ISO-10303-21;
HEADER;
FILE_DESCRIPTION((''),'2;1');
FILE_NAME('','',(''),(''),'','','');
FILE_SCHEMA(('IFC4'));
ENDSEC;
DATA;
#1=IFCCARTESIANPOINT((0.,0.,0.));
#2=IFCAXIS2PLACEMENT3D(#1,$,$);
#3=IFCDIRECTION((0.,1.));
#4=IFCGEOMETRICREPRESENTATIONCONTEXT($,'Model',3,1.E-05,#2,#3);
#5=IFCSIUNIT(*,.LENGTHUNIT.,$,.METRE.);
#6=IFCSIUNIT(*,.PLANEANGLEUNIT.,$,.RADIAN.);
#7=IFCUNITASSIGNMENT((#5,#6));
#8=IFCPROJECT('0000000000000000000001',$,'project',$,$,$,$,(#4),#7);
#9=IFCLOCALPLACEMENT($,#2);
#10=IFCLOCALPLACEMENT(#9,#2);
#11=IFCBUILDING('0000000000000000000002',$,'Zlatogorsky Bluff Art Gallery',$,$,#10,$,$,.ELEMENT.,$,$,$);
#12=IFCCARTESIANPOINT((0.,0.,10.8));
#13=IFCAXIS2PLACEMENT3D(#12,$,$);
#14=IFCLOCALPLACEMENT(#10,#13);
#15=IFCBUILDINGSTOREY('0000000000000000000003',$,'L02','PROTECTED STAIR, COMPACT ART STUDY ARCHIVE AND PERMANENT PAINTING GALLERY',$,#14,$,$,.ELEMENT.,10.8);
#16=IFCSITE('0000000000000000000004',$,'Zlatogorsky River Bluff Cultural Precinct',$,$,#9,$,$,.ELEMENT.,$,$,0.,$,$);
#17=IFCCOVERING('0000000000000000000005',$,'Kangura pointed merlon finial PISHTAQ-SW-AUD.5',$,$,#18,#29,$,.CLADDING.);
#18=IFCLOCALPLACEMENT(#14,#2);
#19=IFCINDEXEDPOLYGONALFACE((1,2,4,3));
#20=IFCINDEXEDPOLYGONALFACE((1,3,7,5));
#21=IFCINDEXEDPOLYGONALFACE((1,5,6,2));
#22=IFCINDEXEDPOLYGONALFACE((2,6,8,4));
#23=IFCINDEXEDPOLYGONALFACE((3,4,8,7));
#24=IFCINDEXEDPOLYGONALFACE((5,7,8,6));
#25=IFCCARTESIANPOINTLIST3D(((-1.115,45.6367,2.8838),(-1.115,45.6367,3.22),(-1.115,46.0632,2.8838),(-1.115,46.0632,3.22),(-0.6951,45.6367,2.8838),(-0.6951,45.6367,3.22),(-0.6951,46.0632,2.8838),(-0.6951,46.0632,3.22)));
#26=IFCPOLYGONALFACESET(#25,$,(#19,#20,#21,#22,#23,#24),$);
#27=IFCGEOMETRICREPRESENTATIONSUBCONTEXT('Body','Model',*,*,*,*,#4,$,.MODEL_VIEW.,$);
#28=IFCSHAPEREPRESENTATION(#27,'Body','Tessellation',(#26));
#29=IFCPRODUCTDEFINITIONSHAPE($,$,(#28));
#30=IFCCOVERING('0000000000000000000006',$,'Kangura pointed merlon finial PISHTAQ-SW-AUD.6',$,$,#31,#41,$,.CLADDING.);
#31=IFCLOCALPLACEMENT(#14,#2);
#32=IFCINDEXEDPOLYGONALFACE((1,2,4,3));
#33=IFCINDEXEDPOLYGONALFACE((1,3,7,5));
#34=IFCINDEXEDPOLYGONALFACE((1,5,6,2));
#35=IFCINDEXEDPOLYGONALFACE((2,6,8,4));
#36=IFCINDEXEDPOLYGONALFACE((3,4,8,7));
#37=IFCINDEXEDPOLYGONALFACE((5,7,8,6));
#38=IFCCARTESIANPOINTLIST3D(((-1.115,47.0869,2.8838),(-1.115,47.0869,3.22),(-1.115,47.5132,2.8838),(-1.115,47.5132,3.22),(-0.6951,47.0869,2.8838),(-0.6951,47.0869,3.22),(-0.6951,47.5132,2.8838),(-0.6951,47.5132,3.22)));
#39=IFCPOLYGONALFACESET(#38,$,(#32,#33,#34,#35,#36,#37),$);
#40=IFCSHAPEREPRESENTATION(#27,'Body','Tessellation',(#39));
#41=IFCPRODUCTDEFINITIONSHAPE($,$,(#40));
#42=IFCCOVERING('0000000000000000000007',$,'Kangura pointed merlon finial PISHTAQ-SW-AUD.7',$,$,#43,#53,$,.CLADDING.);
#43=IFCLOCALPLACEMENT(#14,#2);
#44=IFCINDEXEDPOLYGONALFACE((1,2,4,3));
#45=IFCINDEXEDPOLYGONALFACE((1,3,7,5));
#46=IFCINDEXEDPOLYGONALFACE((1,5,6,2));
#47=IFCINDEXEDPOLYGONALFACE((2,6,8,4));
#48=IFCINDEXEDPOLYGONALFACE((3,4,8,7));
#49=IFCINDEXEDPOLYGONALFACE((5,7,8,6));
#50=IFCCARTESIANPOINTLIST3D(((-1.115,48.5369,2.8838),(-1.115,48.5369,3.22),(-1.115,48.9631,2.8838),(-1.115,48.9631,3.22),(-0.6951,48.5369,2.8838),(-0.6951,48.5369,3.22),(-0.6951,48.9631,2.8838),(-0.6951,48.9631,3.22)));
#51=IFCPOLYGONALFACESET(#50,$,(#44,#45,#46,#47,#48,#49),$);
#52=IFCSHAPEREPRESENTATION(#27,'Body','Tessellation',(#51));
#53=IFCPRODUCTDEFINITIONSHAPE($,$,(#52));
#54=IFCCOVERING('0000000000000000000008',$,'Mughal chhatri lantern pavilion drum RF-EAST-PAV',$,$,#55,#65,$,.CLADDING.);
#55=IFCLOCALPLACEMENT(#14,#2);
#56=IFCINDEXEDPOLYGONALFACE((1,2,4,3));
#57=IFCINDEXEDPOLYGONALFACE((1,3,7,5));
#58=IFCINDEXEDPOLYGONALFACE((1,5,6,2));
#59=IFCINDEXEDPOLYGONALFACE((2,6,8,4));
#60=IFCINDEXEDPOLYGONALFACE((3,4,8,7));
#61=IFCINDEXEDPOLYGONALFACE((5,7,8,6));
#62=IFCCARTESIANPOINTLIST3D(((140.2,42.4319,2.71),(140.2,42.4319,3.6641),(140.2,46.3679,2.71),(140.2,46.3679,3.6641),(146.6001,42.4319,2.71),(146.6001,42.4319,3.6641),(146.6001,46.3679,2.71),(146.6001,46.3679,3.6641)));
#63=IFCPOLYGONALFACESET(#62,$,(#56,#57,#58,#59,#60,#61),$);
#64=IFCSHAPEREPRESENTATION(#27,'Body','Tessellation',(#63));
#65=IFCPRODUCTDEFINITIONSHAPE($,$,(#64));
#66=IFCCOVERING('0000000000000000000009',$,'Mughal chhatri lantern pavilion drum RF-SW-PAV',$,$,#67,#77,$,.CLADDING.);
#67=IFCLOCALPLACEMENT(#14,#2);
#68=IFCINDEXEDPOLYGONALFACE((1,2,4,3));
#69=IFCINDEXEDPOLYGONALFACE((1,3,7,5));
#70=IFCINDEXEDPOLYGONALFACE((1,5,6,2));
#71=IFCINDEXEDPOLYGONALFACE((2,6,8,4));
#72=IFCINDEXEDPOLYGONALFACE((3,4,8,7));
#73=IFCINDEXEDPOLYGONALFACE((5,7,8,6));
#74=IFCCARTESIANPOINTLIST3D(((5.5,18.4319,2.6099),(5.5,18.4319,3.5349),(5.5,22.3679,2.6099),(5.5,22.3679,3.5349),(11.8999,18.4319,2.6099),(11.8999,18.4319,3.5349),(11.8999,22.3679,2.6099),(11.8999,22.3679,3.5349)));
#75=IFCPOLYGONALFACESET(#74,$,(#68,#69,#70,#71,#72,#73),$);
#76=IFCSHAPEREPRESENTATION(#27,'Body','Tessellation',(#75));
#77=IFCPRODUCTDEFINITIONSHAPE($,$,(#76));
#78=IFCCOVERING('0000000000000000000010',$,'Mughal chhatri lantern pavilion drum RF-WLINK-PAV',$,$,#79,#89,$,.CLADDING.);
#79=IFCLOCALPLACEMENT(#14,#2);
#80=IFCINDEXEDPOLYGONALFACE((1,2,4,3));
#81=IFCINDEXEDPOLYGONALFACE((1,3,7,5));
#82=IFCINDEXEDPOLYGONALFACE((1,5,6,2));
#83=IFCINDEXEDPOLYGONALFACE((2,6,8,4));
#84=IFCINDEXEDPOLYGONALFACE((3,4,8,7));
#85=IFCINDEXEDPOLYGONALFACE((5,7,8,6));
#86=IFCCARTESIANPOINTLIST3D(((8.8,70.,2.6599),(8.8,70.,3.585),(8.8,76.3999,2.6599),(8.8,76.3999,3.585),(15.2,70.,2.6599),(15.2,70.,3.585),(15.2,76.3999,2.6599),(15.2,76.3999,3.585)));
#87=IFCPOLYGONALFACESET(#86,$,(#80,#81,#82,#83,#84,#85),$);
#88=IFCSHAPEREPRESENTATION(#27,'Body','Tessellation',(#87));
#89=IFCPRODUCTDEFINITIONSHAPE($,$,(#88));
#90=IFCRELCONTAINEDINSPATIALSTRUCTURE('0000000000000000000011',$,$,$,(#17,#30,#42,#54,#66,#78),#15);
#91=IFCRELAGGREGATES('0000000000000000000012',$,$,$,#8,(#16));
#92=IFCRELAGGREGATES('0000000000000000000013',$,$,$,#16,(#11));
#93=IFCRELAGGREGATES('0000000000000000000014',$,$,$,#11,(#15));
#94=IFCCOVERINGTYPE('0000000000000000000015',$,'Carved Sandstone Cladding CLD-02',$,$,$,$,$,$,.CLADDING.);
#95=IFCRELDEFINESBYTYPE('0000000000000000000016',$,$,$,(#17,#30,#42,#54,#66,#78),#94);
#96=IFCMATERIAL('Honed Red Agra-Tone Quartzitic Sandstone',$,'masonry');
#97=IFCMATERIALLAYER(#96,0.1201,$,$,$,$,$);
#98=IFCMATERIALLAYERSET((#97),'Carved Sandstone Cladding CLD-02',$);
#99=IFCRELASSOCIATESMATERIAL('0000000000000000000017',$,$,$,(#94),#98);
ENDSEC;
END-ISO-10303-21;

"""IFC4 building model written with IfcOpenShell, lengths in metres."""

from ifc_helpers import new_model, si_unit, direction, frame, origin, place, context, subcontext, project, spatial, polyline, outline, extrude, material, layer, layer_set, type_object, element, save


model = new_model("IFC4")

# Units and contexts
model_context = context("Model", 3, precision=1e-05, world=origin(), true_north=direction((0.0, 1.0)))
body_context = subcontext(model_context, "Body", "Model", "MODEL_VIEW")
ifc_project = project(units=[si_unit("LENGTHUNIT", "METRE"), si_unit("PLANEANGLEUNIT", "RADIAN")], contexts=[model_context])

# Site, building, storey
site_placement = place(None, origin())
site = spatial("IfcSite", under=ifc_project, at=site_placement, Name="Zlatogorsky River Bluff Cultural Precinct", CompositionType="ELEMENT", RefElevation=0.0)
building_placement = place(site_placement, origin())
building = spatial("IfcBuilding", under=site, at=building_placement, Name="Zlatogorsky Bluff Art Gallery", CompositionType="ELEMENT")
storey_placement = place(building_placement, frame((0.0, 0.0, 10.8)))
storey = spatial("IfcBuildingStorey", under=building, at=storey_placement, Name="L02", Description="PROTECTED STAIR, COMPACT ART STUDY ARCHIVE AND PERMANENT PAINTING GALLERY", CompositionType="ELEMENT", Elevation=10.8)

# Coverings
ifc_material = material(Name="Honed Red Agra-Tone Quartzitic Sandstone", Category="masonry")
ifc_layer = layer(ifc_material, 0.1201)
ifc_layer_set = layer_set([ifc_layer], Name="Carved Sandstone Cladding CLD-02")
covering_type = type_object("IfcCoveringType", Name="Carved Sandstone Cladding CLD-02", PredefinedType="CLADDING", material=ifc_layer_set)
covering_1_placement = place(storey_placement, frame((0.0, 0.0, 2.8838)))
element("IfcCovering", 1, at=covering_1_placement, inside=storey, type_object=covering_type, Name="Kangura pointed merlon finial PISHTAQ-SW-AUD.5", PredefinedType="CLADDING", context=body_context, shape_type="SweptSolid", body=[
    extrude(outline(polyline([(-1.115, 45.6367), (-1.115, 46.0632), (-0.6951, 46.0632), (-0.6951, 45.6367), (-1.115, 45.6367)])), origin(), (0.0, 0.0, 1.0), 0.3362),
])
covering_2_placement = place(storey_placement, frame((0.0, 0.0, 2.8838)))
element("IfcCovering", 2, at=covering_2_placement, inside=storey, type_object=covering_type, Name="Kangura pointed merlon finial PISHTAQ-SW-AUD.6", PredefinedType="CLADDING", context=body_context, shape_type="SweptSolid", body=[
    extrude(outline(polyline([(-1.115, 47.0869), (-1.115, 47.5132), (-0.6951, 47.5132), (-0.6951, 47.0869), (-1.115, 47.0869)])), origin(), (0.0, 0.0, 1.0), 0.3362),
])
covering_3_placement = place(storey_placement, frame((0.0, 0.0, 2.8838)))
element("IfcCovering", 3, at=covering_3_placement, inside=storey, type_object=covering_type, Name="Kangura pointed merlon finial PISHTAQ-SW-AUD.7", PredefinedType="CLADDING", context=body_context, shape_type="SweptSolid", body=[
    extrude(outline(polyline([(-1.115, 48.5369), (-1.115, 48.9631), (-0.6951, 48.9631), (-0.6951, 48.5369), (-1.115, 48.5369)])), origin(), (0.0, 0.0, 1.0), 0.3362),
])
covering_4_placement = place(storey_placement, frame((0.0, 0.0, 2.71)))
element("IfcCovering", 4, at=covering_4_placement, inside=storey, type_object=covering_type, Name="Mughal chhatri lantern pavilion drum RF-EAST-PAV", PredefinedType="CLADDING", context=body_context, shape_type="SweptSolid", body=[
    extrude(outline(polyline([(140.2, 42.4319), (146.6001, 42.4319), (146.6001, 46.3679), (140.2, 46.3679), (140.2, 42.4319)])), origin(), (0.0, 0.0, 1.0), 0.9541),
])
covering_5_placement = place(storey_placement, frame((0.0, 0.0, 2.6099)))
element("IfcCovering", 5, at=covering_5_placement, inside=storey, type_object=covering_type, Name="Mughal chhatri lantern pavilion drum RF-SW-PAV", PredefinedType="CLADDING", context=body_context, shape_type="SweptSolid", body=[
    extrude(outline(polyline([(5.5, 18.4319), (11.8999, 18.4319), (11.8999, 22.3679), (5.5, 22.3679), (5.5, 18.4319)])), origin(), (0.0, 0.0, 1.0), 0.925),
])
covering_6_placement = place(storey_placement, frame((0.0, 0.0, 2.6599)))
element("IfcCovering", 6, at=covering_6_placement, inside=storey, type_object=covering_type, Name="Mughal chhatri lantern pavilion drum RF-WLINK-PAV", PredefinedType="CLADDING", context=body_context, shape_type="SweptSolid", body=[
    extrude(outline(polyline([(8.8, 70.0), (15.2, 70.0), (15.2, 76.3999), (8.8, 76.3999), (8.8, 70.0)])), origin(), (0.0, 0.0, 1.0), 0.925),
])

save(model, "model.ifc")
